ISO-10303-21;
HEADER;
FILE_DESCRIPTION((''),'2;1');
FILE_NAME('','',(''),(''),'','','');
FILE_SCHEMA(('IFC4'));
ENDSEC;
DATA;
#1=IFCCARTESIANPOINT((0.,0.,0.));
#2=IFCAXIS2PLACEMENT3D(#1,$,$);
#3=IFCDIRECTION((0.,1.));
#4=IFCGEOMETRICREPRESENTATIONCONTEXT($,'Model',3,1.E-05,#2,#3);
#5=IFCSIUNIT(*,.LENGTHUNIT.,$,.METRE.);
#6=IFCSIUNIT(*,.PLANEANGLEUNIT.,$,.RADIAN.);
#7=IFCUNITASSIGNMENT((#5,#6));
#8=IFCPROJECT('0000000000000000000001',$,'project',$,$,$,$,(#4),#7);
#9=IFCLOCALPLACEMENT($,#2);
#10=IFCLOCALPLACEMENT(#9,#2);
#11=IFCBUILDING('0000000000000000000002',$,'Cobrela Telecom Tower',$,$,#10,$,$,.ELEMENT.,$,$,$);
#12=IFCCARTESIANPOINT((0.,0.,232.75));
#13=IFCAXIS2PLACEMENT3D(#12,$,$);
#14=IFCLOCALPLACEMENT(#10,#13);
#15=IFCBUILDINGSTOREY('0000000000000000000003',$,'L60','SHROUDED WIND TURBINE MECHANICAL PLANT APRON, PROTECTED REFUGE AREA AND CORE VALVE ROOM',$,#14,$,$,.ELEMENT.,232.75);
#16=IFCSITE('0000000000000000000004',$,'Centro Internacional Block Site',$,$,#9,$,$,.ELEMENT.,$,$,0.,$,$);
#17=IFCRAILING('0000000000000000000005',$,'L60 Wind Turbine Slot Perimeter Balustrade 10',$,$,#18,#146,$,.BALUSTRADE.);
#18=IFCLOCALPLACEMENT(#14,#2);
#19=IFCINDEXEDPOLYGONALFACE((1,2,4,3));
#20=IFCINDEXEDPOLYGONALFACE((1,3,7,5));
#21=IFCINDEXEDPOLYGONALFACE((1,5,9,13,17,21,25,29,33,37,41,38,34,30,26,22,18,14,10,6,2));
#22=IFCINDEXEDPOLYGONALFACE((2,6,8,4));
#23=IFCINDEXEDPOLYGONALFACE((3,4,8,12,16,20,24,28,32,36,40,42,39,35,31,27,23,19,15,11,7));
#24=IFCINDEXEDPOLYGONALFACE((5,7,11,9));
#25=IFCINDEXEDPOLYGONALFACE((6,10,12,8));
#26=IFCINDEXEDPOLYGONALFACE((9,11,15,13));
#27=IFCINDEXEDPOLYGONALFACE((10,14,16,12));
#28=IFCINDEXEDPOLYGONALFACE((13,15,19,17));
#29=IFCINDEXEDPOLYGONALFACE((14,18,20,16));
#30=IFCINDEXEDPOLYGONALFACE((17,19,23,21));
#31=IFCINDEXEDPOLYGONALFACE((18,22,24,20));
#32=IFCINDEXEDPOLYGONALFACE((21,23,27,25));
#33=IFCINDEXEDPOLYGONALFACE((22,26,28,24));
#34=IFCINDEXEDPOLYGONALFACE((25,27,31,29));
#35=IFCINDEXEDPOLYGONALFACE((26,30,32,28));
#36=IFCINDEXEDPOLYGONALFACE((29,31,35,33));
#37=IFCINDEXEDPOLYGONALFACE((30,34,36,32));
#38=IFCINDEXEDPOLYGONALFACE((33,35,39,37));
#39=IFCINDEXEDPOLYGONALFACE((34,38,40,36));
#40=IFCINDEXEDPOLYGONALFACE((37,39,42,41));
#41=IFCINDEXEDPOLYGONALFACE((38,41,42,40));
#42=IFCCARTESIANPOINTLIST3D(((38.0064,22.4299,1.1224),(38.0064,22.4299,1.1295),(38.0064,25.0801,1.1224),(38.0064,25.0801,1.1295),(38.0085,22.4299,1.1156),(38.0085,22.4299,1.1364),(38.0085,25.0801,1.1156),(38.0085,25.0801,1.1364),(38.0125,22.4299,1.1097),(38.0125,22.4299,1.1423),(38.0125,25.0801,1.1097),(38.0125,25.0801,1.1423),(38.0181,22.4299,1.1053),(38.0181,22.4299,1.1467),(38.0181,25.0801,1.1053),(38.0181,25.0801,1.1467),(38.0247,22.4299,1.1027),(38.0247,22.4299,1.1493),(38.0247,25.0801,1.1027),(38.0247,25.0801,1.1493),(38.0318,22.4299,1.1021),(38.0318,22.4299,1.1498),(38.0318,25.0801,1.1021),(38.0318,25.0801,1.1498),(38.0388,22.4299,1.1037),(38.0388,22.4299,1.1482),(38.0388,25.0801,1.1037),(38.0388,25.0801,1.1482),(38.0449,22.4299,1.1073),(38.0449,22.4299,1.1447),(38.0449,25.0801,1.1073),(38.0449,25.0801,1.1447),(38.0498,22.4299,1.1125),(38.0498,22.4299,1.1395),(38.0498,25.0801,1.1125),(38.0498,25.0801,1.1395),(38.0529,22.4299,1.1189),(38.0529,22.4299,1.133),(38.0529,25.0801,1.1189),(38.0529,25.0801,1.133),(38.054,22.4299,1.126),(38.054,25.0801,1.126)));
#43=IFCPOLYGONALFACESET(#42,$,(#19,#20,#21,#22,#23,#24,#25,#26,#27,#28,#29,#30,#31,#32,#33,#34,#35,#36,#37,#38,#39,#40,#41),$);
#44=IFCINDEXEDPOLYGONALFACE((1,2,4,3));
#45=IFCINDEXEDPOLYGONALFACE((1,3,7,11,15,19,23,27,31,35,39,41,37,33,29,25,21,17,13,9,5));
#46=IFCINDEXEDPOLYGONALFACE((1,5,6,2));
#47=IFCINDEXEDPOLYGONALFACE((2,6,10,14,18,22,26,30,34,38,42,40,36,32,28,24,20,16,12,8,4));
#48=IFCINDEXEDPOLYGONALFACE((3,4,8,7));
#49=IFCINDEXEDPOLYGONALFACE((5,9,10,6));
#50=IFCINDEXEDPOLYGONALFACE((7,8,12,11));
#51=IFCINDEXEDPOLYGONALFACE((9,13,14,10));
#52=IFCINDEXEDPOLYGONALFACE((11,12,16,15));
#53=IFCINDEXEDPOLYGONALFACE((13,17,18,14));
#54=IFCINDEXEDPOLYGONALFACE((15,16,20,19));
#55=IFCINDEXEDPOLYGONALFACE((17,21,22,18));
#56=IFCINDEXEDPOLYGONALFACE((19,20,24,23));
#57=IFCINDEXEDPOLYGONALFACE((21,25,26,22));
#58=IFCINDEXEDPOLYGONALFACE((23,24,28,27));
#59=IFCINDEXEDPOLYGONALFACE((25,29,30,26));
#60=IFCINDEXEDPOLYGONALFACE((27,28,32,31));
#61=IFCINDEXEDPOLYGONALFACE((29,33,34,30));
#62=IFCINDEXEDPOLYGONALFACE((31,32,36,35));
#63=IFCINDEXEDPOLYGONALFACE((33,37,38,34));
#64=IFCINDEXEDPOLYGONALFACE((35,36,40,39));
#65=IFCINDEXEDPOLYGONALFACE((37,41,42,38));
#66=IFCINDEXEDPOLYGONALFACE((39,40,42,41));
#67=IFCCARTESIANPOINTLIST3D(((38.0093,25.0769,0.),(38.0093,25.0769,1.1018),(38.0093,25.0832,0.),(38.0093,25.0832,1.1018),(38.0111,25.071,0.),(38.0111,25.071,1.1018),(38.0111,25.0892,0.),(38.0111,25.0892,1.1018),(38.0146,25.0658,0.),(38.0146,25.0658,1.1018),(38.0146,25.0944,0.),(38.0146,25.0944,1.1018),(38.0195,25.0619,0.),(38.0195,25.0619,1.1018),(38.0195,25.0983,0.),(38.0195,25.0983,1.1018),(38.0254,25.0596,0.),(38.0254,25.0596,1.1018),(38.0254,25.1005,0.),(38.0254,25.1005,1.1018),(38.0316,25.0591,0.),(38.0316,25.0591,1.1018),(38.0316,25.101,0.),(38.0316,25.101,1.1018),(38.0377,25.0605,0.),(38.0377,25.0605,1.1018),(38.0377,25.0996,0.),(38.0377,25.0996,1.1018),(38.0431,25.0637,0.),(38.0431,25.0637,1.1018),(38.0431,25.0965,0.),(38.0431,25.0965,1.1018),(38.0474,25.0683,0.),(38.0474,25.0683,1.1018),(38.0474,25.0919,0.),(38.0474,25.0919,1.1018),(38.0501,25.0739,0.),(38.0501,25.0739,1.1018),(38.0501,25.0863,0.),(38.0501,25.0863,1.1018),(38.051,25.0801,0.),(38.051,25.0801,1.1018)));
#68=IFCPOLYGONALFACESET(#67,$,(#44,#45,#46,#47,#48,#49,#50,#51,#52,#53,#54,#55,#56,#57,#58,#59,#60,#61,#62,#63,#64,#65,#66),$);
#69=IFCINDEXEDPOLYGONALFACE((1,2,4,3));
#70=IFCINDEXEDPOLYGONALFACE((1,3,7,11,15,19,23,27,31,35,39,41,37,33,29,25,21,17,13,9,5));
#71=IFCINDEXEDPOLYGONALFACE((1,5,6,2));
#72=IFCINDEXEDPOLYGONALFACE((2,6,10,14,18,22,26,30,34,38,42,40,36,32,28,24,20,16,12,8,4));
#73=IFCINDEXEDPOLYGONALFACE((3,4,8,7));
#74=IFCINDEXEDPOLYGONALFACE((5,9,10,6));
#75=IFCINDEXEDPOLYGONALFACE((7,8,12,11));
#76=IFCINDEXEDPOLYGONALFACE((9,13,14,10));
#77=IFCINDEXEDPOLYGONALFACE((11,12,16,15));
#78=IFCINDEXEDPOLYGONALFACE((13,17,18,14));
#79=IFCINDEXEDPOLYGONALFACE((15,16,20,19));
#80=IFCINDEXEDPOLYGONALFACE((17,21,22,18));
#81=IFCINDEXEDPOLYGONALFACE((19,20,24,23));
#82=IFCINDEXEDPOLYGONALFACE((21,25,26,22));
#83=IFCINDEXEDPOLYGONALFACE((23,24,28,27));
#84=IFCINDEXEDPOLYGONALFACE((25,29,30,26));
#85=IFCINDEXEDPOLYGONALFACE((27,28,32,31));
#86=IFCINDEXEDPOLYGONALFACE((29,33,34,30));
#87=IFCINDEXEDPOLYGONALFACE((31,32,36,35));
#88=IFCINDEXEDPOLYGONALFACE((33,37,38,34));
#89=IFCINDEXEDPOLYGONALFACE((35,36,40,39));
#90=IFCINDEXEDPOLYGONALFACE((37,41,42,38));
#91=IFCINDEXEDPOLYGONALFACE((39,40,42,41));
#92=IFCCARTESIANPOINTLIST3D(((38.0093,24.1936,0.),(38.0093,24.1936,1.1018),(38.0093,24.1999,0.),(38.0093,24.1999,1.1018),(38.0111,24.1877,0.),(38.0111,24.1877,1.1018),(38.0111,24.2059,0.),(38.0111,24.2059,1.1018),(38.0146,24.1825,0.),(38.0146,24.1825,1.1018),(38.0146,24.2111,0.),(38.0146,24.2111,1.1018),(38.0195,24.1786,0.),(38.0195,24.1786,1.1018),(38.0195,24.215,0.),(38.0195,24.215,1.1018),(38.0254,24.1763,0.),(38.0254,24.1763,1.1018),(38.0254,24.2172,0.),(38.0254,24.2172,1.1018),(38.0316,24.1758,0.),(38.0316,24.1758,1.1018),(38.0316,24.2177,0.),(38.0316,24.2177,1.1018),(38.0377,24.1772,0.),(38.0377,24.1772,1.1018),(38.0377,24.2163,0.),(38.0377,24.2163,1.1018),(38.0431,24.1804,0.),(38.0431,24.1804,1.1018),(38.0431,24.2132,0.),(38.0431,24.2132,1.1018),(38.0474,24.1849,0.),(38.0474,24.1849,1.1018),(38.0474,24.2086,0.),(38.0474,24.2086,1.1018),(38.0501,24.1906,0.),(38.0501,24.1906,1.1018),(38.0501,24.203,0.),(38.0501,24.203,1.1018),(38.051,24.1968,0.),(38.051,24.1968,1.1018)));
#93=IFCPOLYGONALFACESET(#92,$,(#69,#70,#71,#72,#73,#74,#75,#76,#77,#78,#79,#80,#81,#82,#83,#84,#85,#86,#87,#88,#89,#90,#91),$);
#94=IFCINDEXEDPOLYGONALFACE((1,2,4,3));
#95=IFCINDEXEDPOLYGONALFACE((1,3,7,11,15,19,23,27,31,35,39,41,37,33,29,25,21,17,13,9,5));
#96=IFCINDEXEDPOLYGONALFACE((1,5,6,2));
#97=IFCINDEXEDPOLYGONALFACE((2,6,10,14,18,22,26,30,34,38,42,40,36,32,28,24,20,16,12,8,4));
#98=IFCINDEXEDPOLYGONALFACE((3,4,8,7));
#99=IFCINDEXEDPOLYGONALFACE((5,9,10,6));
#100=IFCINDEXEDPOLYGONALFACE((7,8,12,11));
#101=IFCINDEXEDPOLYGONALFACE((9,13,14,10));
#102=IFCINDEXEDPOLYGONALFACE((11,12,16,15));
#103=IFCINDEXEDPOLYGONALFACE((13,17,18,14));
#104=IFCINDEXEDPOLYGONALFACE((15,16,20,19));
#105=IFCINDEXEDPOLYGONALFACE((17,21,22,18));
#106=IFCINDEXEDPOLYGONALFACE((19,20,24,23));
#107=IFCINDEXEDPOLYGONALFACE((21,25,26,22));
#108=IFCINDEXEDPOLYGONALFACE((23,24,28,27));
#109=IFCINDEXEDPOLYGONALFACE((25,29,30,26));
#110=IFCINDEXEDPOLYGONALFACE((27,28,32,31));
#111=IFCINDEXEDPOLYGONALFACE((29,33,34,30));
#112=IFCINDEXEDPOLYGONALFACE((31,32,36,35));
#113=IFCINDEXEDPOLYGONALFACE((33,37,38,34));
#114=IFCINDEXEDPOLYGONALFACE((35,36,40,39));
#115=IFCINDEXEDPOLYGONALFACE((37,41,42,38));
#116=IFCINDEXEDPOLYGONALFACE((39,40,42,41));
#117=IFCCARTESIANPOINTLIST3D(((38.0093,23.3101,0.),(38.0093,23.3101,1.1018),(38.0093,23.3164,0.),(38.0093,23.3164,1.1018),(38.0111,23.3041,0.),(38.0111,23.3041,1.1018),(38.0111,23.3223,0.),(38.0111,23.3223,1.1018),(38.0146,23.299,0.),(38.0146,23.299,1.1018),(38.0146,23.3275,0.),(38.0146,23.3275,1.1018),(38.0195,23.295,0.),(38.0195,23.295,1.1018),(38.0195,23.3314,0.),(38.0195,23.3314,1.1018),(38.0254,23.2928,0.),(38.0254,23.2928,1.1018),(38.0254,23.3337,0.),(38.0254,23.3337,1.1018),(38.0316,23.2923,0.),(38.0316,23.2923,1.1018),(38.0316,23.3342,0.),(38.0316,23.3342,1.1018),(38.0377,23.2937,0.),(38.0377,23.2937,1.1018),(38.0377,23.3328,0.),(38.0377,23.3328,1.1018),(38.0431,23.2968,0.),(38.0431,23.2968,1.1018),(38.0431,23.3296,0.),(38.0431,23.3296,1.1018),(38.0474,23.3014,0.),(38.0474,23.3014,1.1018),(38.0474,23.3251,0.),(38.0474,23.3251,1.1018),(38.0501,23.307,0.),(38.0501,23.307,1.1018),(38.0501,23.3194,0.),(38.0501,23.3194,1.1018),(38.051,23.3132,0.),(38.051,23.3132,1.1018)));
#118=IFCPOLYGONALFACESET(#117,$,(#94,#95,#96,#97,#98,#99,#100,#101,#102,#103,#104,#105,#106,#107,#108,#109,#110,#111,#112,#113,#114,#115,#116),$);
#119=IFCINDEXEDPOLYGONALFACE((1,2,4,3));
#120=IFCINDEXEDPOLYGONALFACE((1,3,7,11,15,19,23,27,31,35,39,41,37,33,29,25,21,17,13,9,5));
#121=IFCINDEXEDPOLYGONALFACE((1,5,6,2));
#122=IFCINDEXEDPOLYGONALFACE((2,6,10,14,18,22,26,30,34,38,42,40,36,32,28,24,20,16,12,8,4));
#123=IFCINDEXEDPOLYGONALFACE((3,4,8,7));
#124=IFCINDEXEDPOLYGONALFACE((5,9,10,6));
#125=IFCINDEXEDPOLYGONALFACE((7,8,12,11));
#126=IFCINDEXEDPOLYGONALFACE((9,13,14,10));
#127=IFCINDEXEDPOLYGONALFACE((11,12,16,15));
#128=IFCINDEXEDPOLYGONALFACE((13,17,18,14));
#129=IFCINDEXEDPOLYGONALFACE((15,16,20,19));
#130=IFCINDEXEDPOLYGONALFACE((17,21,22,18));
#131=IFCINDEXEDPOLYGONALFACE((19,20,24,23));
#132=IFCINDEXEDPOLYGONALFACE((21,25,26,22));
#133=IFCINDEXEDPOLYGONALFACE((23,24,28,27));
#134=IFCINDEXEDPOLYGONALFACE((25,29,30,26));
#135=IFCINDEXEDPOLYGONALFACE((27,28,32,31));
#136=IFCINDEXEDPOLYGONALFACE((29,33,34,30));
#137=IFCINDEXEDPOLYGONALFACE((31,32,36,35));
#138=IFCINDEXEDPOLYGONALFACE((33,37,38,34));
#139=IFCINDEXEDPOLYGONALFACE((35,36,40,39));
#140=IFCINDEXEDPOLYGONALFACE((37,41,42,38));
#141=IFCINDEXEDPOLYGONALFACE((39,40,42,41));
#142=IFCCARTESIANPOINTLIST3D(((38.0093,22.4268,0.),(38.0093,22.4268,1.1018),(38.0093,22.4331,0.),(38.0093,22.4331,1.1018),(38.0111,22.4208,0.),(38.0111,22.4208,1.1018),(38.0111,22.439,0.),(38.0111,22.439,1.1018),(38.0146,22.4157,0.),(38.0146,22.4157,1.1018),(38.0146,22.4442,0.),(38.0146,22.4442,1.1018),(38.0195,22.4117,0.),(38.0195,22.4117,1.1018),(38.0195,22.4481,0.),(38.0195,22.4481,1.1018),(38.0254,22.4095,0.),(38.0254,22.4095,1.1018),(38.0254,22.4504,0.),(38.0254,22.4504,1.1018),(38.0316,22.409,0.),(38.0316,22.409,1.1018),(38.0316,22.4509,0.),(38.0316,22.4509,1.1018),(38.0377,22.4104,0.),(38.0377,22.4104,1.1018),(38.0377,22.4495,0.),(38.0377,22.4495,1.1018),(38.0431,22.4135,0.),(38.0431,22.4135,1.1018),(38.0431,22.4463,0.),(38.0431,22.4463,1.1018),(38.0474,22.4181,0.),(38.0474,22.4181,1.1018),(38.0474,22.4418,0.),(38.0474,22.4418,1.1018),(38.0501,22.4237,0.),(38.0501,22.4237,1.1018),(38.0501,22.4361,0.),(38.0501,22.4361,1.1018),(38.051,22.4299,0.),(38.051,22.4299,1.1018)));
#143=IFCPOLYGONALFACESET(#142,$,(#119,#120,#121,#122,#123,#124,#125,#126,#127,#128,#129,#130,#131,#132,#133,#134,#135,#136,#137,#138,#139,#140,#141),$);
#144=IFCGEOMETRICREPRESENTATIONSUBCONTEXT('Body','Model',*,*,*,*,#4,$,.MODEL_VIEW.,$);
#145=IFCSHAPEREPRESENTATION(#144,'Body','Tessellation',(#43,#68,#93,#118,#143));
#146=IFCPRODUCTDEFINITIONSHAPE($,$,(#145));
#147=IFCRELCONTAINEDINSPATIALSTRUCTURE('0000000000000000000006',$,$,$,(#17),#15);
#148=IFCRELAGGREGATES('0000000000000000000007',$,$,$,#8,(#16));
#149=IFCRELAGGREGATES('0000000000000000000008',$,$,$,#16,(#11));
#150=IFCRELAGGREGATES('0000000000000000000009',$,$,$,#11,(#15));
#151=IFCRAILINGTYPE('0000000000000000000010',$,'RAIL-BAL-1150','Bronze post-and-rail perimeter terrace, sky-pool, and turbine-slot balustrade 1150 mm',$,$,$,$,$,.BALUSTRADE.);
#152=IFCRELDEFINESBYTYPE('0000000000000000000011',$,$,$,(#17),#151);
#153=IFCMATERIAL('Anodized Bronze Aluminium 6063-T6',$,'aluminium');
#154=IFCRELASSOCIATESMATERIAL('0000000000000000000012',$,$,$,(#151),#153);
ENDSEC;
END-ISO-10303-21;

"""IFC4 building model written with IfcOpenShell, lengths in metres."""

from ifc_helpers import new_model, si_unit, direction, frame, origin, origin_2d, place, context, subcontext, project, spatial, circle, extrude, material, type_object, element, save


model = new_model("IFC4")

# Units and contexts
model_context = context("Model", 3, precision=1e-05, world=origin(), true_north=direction((0.0, 1.0)))
body_context = subcontext(model_context, "Body", "Model", "MODEL_VIEW")
ifc_project = project(units=[si_unit("LENGTHUNIT", "METRE"), si_unit("PLANEANGLEUNIT", "RADIAN")], contexts=[model_context])

# Site, building, storey
site_placement = place(None, origin())
site = spatial("IfcSite", under=ifc_project, at=site_placement, Name="Centro Internacional Block Site", CompositionType="ELEMENT", RefElevation=0.0)
building_placement = place(site_placement, origin())
building = spatial("IfcBuilding", under=site, at=building_placement, Name="Cobrela Telecom Tower", CompositionType="ELEMENT")
storey_placement = place(building_placement, frame((0.0, 0.0, 232.75)))
storey = spatial("IfcBuildingStorey", under=building, at=storey_placement, Name="L60", Description="SHROUDED WIND TURBINE MECHANICAL PLANT APRON, PROTECTED REFUGE AREA AND CORE VALVE ROOM", CompositionType="ELEMENT", Elevation=232.75)

# Shared definitions
ifc_material_1 = material(Name="Anodized Bronze Aluminium 6063-T6", Category="aluminium")

# Railing
railing_type = type_object("IfcRailingType", Name="RAIL-BAL-1150", Description="Bronze post-and-rail perimeter terrace, sky-pool, and turbine-slot balustrade 1150 mm", PredefinedType="BALUSTRADE", material=ifc_material_1)
railing_1_placement = place(storey_placement, frame((38.03, 25.0801, 0.0)))
element("IfcRailing", 1, at=railing_1_placement, inside=storey, type_object=railing_type, Name="L60 Wind Turbine Slot Perimeter Balustrade 10", PredefinedType="BALUSTRADE", context=body_context, shape_type="SweptSolid", body=[
    extrude(circle(Radius=0.0239, at=origin_2d()), frame((0.0, 0.0, 1.126), z_axis=(0.0, -1.0, 0.0), x_axis=(1.0, 0.0, 0.0)), (0.0, 0.0, 1.0), 2.6501),
    extrude(circle(Radius=0.021, at=origin_2d()), origin(), (0.0, 0.0, 1.0), 1.1018),
    extrude(circle(Radius=0.021, at=origin_2d()), frame((0.0, -0.8833, 0.0)), (0.0, 0.0, 1.0), 1.1018),
    extrude(circle(Radius=0.021, at=origin_2d()), frame((0.0, -1.7668, 0.0)), (0.0, 0.0, 1.0), 1.1018),
    extrude(circle(Radius=0.021, at=origin_2d()), frame((0.0, -2.6501, 0.0)), (0.0, 0.0, 1.0), 1.1018),
])

save(model, "model.ifc")
